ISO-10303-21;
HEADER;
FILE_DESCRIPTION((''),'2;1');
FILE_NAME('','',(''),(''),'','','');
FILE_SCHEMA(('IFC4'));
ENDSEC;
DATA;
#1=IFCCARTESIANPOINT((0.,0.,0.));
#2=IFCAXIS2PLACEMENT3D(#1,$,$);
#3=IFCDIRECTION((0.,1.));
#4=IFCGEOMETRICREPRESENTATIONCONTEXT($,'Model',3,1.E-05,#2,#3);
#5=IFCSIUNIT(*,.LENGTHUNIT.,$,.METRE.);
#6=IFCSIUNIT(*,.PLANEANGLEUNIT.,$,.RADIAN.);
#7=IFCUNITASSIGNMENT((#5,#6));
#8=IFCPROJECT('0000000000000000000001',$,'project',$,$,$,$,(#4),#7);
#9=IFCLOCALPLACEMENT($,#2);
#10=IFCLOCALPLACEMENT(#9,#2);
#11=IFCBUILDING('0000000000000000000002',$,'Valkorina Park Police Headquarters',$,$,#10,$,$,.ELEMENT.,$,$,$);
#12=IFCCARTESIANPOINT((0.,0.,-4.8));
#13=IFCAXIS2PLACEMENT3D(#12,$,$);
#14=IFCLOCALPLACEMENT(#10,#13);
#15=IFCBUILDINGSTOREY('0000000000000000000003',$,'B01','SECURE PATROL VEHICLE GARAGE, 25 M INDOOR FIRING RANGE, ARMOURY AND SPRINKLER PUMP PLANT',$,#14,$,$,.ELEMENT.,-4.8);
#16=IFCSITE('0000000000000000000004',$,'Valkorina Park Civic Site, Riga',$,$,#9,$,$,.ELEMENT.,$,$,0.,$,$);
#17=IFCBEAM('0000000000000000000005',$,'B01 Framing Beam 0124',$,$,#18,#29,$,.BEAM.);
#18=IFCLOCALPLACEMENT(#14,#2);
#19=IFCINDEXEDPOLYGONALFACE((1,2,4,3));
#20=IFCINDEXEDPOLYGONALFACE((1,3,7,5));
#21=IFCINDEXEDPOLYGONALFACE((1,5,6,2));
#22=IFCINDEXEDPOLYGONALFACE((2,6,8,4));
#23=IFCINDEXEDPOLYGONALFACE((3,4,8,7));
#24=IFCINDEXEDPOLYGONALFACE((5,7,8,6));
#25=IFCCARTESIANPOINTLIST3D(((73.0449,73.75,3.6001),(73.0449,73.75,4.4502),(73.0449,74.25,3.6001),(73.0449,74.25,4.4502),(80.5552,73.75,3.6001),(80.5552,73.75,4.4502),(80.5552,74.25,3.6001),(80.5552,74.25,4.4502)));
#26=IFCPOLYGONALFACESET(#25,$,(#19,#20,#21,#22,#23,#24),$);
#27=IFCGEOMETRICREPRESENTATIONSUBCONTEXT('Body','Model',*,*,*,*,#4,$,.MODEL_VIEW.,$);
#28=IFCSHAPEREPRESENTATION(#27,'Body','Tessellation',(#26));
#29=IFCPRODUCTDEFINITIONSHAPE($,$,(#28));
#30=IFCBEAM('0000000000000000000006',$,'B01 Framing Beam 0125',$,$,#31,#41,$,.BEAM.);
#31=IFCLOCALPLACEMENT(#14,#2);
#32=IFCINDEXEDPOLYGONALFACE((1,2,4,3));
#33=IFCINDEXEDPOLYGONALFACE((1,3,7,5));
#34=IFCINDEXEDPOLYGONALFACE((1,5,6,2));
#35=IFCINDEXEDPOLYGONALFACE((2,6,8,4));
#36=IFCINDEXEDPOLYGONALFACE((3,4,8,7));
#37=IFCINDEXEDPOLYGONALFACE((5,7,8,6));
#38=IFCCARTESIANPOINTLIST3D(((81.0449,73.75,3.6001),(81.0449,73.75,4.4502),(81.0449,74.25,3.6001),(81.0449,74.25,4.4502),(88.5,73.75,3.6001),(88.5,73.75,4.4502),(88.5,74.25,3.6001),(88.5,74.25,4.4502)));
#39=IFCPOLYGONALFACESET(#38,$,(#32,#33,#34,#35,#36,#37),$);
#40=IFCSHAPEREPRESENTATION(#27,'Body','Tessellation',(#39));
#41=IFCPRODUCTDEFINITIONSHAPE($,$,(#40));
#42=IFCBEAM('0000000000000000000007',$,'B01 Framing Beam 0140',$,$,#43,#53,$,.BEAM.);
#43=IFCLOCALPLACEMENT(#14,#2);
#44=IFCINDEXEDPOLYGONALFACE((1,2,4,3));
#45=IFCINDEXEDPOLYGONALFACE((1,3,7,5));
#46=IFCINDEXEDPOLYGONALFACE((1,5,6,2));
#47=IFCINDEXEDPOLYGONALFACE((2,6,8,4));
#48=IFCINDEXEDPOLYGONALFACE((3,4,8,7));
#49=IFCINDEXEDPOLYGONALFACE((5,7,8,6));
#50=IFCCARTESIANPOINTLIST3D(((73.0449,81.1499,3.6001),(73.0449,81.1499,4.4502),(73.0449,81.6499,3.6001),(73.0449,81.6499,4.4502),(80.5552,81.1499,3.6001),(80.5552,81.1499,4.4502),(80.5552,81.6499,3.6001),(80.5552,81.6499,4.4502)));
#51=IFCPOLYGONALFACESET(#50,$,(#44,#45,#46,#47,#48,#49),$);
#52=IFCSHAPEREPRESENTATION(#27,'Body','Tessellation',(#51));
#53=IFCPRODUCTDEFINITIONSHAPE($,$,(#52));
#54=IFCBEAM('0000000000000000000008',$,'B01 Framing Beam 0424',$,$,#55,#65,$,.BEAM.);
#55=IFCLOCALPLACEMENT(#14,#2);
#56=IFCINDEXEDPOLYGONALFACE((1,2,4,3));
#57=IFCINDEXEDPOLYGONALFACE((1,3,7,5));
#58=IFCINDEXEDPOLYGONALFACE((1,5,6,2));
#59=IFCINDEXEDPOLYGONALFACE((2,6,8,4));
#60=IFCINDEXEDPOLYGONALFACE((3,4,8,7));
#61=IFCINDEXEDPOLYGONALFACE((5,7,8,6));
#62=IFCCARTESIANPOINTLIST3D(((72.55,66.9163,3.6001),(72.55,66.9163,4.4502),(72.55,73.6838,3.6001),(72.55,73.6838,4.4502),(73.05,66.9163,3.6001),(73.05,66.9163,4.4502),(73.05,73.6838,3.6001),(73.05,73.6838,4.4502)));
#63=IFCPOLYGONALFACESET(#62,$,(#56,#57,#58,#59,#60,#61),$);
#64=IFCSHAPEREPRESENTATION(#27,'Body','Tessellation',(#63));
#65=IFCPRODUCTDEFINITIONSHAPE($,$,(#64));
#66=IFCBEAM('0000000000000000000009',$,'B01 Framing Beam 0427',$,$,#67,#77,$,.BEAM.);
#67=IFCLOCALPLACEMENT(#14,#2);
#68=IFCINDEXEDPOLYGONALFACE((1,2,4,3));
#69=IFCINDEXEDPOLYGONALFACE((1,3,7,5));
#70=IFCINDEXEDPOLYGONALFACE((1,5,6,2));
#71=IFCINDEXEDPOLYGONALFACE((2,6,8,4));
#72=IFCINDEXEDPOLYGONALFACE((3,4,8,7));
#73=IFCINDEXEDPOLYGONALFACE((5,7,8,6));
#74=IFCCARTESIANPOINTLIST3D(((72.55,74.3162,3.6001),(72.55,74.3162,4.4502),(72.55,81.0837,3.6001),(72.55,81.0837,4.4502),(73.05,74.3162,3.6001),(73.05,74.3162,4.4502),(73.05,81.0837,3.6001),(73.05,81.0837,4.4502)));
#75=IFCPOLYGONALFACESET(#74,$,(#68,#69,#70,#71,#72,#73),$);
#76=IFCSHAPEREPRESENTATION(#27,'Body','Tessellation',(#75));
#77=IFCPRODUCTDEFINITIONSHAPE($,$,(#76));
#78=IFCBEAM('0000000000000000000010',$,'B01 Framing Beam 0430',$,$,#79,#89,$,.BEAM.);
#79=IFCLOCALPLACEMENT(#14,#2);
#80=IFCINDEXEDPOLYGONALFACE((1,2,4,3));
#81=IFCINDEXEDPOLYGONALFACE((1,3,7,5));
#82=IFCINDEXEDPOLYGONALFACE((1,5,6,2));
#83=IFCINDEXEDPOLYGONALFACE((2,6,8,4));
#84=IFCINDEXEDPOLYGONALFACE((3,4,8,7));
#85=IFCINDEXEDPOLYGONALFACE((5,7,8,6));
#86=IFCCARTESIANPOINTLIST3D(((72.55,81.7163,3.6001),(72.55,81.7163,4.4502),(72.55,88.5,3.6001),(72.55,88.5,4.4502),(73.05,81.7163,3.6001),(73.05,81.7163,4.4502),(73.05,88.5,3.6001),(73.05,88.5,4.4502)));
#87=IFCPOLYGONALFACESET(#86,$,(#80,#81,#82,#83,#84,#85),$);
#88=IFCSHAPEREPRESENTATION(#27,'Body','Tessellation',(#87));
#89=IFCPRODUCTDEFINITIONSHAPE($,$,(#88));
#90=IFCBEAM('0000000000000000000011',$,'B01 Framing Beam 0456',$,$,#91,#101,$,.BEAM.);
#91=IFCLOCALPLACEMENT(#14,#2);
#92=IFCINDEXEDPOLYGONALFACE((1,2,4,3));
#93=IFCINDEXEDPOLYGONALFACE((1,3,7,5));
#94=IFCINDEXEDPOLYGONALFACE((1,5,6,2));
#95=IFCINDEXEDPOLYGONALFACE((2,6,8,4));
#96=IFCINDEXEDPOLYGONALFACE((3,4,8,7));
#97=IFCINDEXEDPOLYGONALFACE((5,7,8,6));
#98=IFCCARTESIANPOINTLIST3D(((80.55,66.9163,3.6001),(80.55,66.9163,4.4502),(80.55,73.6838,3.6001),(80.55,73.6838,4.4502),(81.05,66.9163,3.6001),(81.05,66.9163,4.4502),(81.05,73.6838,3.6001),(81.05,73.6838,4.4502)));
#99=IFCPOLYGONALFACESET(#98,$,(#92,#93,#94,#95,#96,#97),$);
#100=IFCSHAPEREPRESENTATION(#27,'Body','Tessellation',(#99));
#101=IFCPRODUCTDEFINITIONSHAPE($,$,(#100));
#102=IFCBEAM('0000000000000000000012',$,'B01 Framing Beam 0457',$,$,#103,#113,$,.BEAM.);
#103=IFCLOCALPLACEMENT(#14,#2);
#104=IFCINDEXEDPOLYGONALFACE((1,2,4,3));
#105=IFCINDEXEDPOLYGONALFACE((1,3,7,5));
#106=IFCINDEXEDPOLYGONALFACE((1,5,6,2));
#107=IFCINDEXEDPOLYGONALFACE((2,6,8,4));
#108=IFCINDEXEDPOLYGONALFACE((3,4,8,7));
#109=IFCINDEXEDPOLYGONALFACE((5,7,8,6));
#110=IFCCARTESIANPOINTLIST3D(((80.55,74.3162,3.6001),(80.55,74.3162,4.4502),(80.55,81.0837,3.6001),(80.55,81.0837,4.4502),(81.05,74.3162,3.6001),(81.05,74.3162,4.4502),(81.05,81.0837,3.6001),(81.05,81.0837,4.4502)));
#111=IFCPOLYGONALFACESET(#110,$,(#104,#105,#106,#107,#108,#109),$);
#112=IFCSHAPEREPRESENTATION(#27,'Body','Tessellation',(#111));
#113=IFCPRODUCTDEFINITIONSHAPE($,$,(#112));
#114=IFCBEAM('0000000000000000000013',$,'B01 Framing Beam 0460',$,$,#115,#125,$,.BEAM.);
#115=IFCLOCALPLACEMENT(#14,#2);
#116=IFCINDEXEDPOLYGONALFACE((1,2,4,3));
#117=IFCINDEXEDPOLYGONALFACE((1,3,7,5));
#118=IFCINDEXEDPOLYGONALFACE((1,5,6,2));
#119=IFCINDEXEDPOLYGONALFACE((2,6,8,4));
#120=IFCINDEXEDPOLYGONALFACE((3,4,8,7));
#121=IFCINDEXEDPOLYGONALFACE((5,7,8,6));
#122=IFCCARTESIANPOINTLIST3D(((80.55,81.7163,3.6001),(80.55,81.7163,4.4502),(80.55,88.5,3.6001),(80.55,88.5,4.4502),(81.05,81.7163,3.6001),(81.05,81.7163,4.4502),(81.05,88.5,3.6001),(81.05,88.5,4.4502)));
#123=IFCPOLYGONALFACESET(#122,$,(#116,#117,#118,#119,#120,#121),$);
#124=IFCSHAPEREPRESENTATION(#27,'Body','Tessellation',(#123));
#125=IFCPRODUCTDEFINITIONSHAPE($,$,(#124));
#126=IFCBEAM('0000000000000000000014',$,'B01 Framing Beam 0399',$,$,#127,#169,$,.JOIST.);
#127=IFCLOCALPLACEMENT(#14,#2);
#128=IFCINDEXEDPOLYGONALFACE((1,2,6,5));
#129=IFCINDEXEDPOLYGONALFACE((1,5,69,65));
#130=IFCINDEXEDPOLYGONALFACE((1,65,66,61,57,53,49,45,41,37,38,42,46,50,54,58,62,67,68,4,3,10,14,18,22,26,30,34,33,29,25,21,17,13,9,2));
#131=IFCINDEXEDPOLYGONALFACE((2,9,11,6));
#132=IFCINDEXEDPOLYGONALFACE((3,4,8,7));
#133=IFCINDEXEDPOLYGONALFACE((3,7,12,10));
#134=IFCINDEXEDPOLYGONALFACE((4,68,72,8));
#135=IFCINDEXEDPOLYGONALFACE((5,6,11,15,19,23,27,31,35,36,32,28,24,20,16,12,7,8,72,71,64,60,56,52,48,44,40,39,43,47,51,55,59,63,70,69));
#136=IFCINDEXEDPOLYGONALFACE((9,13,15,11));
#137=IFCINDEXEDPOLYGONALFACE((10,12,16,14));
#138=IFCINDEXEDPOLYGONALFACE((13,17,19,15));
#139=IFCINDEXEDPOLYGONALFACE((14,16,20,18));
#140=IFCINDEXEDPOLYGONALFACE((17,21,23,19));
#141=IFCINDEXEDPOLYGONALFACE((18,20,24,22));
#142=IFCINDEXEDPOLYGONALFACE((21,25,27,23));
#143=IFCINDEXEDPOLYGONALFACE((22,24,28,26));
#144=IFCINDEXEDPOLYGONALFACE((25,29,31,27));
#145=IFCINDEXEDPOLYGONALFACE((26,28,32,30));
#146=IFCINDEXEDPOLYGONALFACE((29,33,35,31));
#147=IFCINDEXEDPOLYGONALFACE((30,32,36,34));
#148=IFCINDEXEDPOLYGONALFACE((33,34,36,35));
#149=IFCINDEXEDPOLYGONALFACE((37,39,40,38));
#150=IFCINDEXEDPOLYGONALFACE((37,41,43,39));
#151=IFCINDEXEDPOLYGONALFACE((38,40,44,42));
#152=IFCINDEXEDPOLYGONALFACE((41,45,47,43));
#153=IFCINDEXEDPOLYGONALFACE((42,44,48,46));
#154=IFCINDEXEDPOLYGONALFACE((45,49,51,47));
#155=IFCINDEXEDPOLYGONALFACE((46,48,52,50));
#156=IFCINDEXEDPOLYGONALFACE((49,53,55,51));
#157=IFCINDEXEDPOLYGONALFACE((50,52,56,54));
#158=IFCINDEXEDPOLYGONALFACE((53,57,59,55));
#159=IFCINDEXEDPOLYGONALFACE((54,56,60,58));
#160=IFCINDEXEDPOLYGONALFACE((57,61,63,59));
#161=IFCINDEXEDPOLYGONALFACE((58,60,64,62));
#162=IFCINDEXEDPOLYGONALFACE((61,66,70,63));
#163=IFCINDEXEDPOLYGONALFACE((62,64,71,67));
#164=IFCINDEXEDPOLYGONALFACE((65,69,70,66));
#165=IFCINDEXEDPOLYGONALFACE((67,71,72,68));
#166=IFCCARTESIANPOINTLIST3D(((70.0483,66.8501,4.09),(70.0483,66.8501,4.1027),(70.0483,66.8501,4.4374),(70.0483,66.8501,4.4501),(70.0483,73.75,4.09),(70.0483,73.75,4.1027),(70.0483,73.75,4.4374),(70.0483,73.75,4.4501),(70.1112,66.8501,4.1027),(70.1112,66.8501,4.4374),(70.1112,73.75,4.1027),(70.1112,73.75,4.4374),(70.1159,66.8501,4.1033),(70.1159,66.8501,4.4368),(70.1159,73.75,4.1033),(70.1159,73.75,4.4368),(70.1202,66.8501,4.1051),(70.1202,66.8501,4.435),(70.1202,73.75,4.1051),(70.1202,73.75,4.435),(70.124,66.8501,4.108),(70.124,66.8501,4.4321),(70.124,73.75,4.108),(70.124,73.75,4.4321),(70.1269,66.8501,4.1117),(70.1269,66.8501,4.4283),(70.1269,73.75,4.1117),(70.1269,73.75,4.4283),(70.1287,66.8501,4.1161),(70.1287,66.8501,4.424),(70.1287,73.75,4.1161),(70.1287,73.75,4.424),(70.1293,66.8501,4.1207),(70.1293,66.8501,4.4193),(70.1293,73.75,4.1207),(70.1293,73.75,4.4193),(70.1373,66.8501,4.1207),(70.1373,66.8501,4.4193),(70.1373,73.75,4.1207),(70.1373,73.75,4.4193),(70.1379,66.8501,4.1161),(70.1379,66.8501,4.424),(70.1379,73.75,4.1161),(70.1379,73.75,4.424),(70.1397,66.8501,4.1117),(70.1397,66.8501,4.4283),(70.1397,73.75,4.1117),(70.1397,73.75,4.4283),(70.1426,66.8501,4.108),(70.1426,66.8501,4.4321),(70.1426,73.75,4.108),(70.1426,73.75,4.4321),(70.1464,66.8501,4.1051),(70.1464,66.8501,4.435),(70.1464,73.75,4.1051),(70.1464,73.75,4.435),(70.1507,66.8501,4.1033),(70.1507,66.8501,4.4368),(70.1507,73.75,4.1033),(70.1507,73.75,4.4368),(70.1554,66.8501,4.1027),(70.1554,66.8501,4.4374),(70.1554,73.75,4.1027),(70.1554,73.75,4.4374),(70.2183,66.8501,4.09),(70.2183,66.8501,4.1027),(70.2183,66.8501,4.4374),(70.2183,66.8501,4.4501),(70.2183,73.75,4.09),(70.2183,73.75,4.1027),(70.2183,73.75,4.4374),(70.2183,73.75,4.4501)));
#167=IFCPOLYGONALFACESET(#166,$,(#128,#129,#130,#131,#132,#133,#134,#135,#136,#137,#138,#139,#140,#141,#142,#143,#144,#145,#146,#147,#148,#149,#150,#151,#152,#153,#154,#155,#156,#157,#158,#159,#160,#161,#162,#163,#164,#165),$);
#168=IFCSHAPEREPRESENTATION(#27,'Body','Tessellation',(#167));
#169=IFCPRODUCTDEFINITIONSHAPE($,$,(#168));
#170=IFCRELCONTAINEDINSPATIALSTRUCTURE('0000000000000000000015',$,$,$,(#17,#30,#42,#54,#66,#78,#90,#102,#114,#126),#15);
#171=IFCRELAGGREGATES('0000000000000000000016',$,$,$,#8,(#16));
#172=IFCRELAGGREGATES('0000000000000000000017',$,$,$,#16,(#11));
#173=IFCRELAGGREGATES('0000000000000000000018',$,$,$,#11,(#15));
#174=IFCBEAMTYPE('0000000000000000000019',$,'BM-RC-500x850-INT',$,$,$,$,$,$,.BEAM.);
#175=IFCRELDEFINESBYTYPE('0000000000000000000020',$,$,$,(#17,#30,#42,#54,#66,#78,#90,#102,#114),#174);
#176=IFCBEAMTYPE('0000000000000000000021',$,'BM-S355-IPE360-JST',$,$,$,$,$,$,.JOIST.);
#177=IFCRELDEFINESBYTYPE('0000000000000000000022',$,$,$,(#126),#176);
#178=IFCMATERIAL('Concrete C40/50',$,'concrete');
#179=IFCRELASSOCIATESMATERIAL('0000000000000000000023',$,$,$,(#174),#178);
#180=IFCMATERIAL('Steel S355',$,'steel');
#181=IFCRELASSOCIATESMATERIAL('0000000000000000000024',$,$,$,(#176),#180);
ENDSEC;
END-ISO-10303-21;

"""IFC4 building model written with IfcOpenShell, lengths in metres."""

from ifc_helpers import new_model, si_unit, direction, frame, origin, origin_2d, place, context, subcontext, project, spatial, rectangle, i_section, extrude, material, material_profile, profile_set, type_object, element, save


model = new_model("IFC4")

# Units and contexts
model_context = context("Model", 3, precision=1e-05, world=origin(), true_north=direction((0.0, 1.0)))
body_context = subcontext(model_context, "Body", "Model", "MODEL_VIEW")
ifc_project = project(units=[si_unit("LENGTHUNIT", "METRE"), si_unit("PLANEANGLEUNIT", "RADIAN")], contexts=[model_context])

# Site, building, storey
site_placement = place(None, origin())
site = spatial("IfcSite", under=ifc_project, at=site_placement, Name="Valkorina Park Civic Site, Riga", CompositionType="ELEMENT", RefElevation=0.0)
building_placement = place(site_placement, origin())
building = spatial("IfcBuilding", under=site, at=building_placement, Name="Valkorina Park Police Headquarters", CompositionType="ELEMENT")
storey_placement = place(building_placement, frame((0.0, 0.0, -4.8)))
storey = spatial("IfcBuildingStorey", under=building, at=storey_placement, Name="B01", Description="SECURE PATROL VEHICLE GARAGE, 25 M INDOOR FIRING RANGE, ARMOURY AND SPRINKLER PUMP PLANT", CompositionType="ELEMENT", Elevation=-4.8)

# Shared definitions
ifc_material_1 = material(Name="Concrete C40/50", Category="concrete")

# Beams
ifc_material_profile_1 = material_profile(ifc_material_1, rectangle(XDim=0.5, YDim=0.8501, at=origin_2d()), Name="RC BEAM 500x850")
ifc_profile_set_1 = profile_set([ifc_material_profile_1], Name="Concrete C40/50")
beam_type_1 = type_object("IfcBeamType", Name="BM-RC-500x850-INT", PredefinedType="BEAM", material=ifc_profile_set_1)
beam_1_placement = place(storey_placement, frame((73.0449, 74.0, 4.0251), z_axis=(1.0, 0.0, 0.0), x_axis=(0.0, 1.0, 0.0)))
element("IfcBeam", 1, at=beam_1_placement, inside=storey, type_object=beam_type_1, Name="B01 Framing Beam 0124", PredefinedType="BEAM", context=body_context, shape_type="SweptSolid", body=[
    extrude(rectangle(XDim=0.5, YDim=0.8501, at=origin_2d()), origin(), (0.0, 0.0, 1.0), 7.5103),
])
beam_2_placement = place(storey_placement, frame((81.0449, 74.0, 4.0251), z_axis=(1.0, 0.0, 0.0), x_axis=(0.0, 1.0, 0.0)))
element("IfcBeam", 2, at=beam_2_placement, inside=storey, type_object=beam_type_1, Name="B01 Framing Beam 0125", PredefinedType="BEAM", context=body_context, shape_type="SweptSolid", body=[
    extrude(rectangle(XDim=0.5, YDim=0.8501, at=origin_2d()), origin(), (0.0, 0.0, 1.0), 7.4551),
])
beam_3_placement = place(storey_placement, frame((73.0449, 81.3999, 4.0251), z_axis=(1.0, 0.0, 0.0), x_axis=(0.0, 1.0, 0.0)))
element("IfcBeam", 3, at=beam_3_placement, inside=storey, type_object=beam_type_1, Name="B01 Framing Beam 0140", PredefinedType="BEAM", context=body_context, shape_type="SweptSolid", body=[
    extrude(rectangle(XDim=0.5, YDim=0.8501, at=origin_2d()), origin(), (0.0, 0.0, 1.0), 7.5103),
])
for number, where, z_axis, x_axis, name in (
    (4, (72.8, 66.9163, 4.0251), (0.0, 1.0, 0.0), (-1.0, 0.0, 0.0), "B01 Framing Beam 0424"),
    (5, (72.8, 74.3162, 4.0251), (0.0, 1.0, 0.0), (-1.0, 0.0, 0.0), "B01 Framing Beam 0427"),
):
    element("IfcBeam", number, at=place(storey_placement, frame(where, z_axis=z_axis, x_axis=x_axis)), inside=storey, type_object=beam_type_1, Name=name, PredefinedType="BEAM", context=body_context, shape_type="SweptSolid", body=[
        extrude(rectangle(XDim=0.5, YDim=0.8501, at=origin_2d()), origin(), (0.0, 0.0, 1.0), 6.7676),
    ])
beam_4_placement = place(storey_placement, frame((72.8, 81.7163, 4.0251), z_axis=(0.0, 1.0, 0.0), x_axis=(-1.0, 0.0, 0.0)))
element("IfcBeam", 6, at=beam_4_placement, inside=storey, type_object=beam_type_1, Name="B01 Framing Beam 0430", PredefinedType="BEAM", context=body_context, shape_type="SweptSolid", body=[
    extrude(rectangle(XDim=0.5, YDim=0.8501, at=origin_2d()), origin(), (0.0, 0.0, 1.0), 6.7837),
])
for number, where, z_axis, x_axis, name in (
    (7, (80.8, 66.9163, 4.0251), (0.0, 1.0, 0.0), (-1.0, 0.0, 0.0), "B01 Framing Beam 0456"),
    (8, (80.8, 74.3162, 4.0251), (0.0, 1.0, 0.0), (-1.0, 0.0, 0.0), "B01 Framing Beam 0457"),
):
    element("IfcBeam", number, at=place(storey_placement, frame(where, z_axis=z_axis, x_axis=x_axis)), inside=storey, type_object=beam_type_1, Name=name, PredefinedType="BEAM", context=body_context, shape_type="SweptSolid", body=[
        extrude(rectangle(XDim=0.5, YDim=0.8501, at=origin_2d()), origin(), (0.0, 0.0, 1.0), 6.7676),
    ])
beam_5_placement = place(storey_placement, frame((80.8, 81.7163, 4.0251), z_axis=(0.0, 1.0, 0.0), x_axis=(-1.0, 0.0, 0.0)))
element("IfcBeam", 9, at=beam_5_placement, inside=storey, type_object=beam_type_1, Name="B01 Framing Beam 0460", PredefinedType="BEAM", context=body_context, shape_type="SweptSolid", body=[
    extrude(rectangle(XDim=0.5, YDim=0.8501, at=origin_2d()), origin(), (0.0, 0.0, 1.0), 6.7837),
])
ifc_material_2 = material(Name="Steel S355", Category="steel")
ifc_material_profile_2 = material_profile(ifc_material_2, i_section(OverallWidth=0.1699, OverallDepth=0.3601, WebThickness=0.0081, FlangeThickness=0.0127, FilletRadius=0.0181, at=origin_2d()), Name="IPE 360")
ifc_profile_set_2 = profile_set([ifc_material_profile_2], Name="Steel S355")
beam_type_2 = type_object("IfcBeamType", Name="BM-S355-IPE360-JST", PredefinedType="JOIST", material=ifc_profile_set_2)
for number, where, z_axis, x_axis, name in (
    (10, (70.1333, 66.8501, 4.27), (0.0, 1.0, 0.0), (-1.0, 0.0, 0.0), "B01 Framing Beam 0399"),
):
    element("IfcBeam", number, at=place(storey_placement, frame(where, z_axis=z_axis, x_axis=x_axis)), inside=storey, type_object=beam_type_2, Name=name, PredefinedType="JOIST", context=body_context, shape_type="SweptSolid", body=[
        extrude(i_section(OverallWidth=0.1699, OverallDepth=0.3601, WebThickness=0.0081, FlangeThickness=0.0127, FilletRadius=0.0181, at=origin_2d()), origin(), (0.0, 0.0, 1.0), 6.8999),
    ])

save(model, "model.ifc")
